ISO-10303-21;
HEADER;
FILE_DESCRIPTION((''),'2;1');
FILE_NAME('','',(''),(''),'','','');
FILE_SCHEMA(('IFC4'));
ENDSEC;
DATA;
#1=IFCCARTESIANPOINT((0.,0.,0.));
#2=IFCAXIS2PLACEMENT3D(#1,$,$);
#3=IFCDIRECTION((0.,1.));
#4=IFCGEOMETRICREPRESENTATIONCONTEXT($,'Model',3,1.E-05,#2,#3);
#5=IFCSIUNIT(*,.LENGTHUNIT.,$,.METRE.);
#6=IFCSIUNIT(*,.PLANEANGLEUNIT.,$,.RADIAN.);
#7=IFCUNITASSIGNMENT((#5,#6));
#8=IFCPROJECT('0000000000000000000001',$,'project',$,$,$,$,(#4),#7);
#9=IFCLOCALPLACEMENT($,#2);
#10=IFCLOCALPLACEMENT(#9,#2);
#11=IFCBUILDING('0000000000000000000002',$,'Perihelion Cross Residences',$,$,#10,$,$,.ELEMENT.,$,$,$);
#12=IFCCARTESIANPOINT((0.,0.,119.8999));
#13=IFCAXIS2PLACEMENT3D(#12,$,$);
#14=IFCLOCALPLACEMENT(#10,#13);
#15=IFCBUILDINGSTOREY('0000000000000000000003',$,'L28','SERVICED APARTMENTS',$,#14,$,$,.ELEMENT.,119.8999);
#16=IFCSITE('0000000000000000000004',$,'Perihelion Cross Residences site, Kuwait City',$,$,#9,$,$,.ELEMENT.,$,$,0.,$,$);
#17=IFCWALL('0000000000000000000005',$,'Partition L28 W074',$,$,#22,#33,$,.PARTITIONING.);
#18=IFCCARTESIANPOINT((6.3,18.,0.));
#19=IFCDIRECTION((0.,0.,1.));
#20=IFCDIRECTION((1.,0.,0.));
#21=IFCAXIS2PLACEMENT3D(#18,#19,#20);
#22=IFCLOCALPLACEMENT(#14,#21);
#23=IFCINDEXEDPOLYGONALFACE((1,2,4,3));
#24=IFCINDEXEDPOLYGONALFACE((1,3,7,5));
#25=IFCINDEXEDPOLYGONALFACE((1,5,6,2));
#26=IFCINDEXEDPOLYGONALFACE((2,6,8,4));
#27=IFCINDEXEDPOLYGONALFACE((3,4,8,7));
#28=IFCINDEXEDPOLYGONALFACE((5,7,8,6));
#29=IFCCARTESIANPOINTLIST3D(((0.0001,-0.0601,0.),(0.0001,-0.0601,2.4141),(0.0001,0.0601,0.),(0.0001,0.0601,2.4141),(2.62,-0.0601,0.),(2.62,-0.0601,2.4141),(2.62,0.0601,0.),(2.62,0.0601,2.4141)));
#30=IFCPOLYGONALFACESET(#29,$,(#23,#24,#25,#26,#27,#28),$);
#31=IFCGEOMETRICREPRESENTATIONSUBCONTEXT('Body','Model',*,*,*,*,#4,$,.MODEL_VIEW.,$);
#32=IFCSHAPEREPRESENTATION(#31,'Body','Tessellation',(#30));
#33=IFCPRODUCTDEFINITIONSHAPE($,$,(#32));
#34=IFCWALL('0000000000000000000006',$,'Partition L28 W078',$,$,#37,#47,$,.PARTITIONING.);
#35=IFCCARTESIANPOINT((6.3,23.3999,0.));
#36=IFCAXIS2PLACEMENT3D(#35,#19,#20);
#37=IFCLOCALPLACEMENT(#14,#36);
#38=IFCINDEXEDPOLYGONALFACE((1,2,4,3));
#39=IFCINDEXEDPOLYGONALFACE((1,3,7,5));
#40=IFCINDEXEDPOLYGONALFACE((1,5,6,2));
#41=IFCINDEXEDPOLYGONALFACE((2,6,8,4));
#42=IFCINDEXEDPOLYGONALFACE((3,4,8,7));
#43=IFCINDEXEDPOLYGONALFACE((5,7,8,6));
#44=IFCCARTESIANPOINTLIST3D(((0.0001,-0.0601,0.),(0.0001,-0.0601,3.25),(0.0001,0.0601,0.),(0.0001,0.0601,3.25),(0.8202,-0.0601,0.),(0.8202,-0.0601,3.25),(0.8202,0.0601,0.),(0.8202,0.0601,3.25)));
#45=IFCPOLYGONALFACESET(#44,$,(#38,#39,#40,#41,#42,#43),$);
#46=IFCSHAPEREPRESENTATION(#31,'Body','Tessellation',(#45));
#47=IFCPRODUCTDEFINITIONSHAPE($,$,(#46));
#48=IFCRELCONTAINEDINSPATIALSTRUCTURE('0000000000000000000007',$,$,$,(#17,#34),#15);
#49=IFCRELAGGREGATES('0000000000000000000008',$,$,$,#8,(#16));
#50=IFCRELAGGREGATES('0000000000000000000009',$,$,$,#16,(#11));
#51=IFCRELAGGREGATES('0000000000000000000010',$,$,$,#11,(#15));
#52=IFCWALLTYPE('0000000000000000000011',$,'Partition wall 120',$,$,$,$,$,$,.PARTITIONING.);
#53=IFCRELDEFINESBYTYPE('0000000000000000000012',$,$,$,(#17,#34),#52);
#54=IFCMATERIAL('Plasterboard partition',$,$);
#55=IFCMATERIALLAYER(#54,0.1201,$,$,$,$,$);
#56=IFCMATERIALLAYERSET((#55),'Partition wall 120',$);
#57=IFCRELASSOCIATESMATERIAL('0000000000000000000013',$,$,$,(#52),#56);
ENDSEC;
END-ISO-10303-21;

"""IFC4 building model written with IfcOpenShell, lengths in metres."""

from ifc_helpers import new_model, si_unit, direction, frame, frame_2d, origin, place, context, subcontext, project, spatial, rectangle, extrude, material, layer, layer_set, type_object, element, save


model = new_model("IFC4")

# Units and contexts
model_context = context("Model", 3, precision=1e-05, world=origin(), true_north=direction((0.0, 1.0)))
body_context = subcontext(model_context, "Body", "Model", "MODEL_VIEW")
ifc_project = project(units=[si_unit("LENGTHUNIT", "METRE"), si_unit("PLANEANGLEUNIT", "RADIAN")], contexts=[model_context])

# Site, building, storey
site_placement = place(None, origin())
site = spatial("IfcSite", under=ifc_project, at=site_placement, Name="Perihelion Cross Residences site, Kuwait City", CompositionType="ELEMENT", RefElevation=0.0)
building_placement = place(site_placement, origin())
building = spatial("IfcBuilding", under=site, at=building_placement, Name="Perihelion Cross Residences", CompositionType="ELEMENT")
storey_placement = place(building_placement, frame((0.0, 0.0, 119.8999)))
storey = spatial("IfcBuildingStorey", under=building, at=storey_placement, Name="L28", Description="SERVICED APARTMENTS", CompositionType="ELEMENT", Elevation=119.8999)

# Walls
ifc_material_1 = material(Name="Plasterboard partition")
ifc_layer_1 = layer(ifc_material_1, 0.1201)
ifc_layer_set_1 = layer_set([ifc_layer_1], Name="Partition wall 120")
wall_type_1 = type_object("IfcWallType", Name="Partition wall 120", PredefinedType="PARTITIONING", material=ifc_layer_set_1)
wall_1_placement = place(storey_placement, frame((6.3, 18.0, 0.0), z_axis=(0.0, 0.0, 1.0), x_axis=(1.0, 0.0, 0.0)))
element("IfcWall", 1, at=wall_1_placement, inside=storey, type_object=wall_type_1, Name="Partition L28 W074", PredefinedType="PARTITIONING", context=body_context, shape_type="SweptSolid", body=[
    extrude(rectangle(XDim=2.6199, YDim=0.1201, at=frame_2d((1.3101, 0.0))), origin(), (0.0, 0.0, 1.0), 2.4141),
])
wall_2_placement = place(storey_placement, frame((6.3, 23.3999, 0.0), z_axis=(0.0, 0.0, 1.0), x_axis=(1.0, 0.0, 0.0)))
element("IfcWall", 2, at=wall_2_placement, inside=storey, type_object=wall_type_1, Name="Partition L28 W078", PredefinedType="PARTITIONING", context=body_context, shape_type="SweptSolid", body=[
    extrude(rectangle(XDim=0.8201, YDim=0.1201, at=frame_2d((0.4102, 0.0))), origin(), (0.0, 0.0, 1.0), 3.25),
])

save(model, "model.ifc")
